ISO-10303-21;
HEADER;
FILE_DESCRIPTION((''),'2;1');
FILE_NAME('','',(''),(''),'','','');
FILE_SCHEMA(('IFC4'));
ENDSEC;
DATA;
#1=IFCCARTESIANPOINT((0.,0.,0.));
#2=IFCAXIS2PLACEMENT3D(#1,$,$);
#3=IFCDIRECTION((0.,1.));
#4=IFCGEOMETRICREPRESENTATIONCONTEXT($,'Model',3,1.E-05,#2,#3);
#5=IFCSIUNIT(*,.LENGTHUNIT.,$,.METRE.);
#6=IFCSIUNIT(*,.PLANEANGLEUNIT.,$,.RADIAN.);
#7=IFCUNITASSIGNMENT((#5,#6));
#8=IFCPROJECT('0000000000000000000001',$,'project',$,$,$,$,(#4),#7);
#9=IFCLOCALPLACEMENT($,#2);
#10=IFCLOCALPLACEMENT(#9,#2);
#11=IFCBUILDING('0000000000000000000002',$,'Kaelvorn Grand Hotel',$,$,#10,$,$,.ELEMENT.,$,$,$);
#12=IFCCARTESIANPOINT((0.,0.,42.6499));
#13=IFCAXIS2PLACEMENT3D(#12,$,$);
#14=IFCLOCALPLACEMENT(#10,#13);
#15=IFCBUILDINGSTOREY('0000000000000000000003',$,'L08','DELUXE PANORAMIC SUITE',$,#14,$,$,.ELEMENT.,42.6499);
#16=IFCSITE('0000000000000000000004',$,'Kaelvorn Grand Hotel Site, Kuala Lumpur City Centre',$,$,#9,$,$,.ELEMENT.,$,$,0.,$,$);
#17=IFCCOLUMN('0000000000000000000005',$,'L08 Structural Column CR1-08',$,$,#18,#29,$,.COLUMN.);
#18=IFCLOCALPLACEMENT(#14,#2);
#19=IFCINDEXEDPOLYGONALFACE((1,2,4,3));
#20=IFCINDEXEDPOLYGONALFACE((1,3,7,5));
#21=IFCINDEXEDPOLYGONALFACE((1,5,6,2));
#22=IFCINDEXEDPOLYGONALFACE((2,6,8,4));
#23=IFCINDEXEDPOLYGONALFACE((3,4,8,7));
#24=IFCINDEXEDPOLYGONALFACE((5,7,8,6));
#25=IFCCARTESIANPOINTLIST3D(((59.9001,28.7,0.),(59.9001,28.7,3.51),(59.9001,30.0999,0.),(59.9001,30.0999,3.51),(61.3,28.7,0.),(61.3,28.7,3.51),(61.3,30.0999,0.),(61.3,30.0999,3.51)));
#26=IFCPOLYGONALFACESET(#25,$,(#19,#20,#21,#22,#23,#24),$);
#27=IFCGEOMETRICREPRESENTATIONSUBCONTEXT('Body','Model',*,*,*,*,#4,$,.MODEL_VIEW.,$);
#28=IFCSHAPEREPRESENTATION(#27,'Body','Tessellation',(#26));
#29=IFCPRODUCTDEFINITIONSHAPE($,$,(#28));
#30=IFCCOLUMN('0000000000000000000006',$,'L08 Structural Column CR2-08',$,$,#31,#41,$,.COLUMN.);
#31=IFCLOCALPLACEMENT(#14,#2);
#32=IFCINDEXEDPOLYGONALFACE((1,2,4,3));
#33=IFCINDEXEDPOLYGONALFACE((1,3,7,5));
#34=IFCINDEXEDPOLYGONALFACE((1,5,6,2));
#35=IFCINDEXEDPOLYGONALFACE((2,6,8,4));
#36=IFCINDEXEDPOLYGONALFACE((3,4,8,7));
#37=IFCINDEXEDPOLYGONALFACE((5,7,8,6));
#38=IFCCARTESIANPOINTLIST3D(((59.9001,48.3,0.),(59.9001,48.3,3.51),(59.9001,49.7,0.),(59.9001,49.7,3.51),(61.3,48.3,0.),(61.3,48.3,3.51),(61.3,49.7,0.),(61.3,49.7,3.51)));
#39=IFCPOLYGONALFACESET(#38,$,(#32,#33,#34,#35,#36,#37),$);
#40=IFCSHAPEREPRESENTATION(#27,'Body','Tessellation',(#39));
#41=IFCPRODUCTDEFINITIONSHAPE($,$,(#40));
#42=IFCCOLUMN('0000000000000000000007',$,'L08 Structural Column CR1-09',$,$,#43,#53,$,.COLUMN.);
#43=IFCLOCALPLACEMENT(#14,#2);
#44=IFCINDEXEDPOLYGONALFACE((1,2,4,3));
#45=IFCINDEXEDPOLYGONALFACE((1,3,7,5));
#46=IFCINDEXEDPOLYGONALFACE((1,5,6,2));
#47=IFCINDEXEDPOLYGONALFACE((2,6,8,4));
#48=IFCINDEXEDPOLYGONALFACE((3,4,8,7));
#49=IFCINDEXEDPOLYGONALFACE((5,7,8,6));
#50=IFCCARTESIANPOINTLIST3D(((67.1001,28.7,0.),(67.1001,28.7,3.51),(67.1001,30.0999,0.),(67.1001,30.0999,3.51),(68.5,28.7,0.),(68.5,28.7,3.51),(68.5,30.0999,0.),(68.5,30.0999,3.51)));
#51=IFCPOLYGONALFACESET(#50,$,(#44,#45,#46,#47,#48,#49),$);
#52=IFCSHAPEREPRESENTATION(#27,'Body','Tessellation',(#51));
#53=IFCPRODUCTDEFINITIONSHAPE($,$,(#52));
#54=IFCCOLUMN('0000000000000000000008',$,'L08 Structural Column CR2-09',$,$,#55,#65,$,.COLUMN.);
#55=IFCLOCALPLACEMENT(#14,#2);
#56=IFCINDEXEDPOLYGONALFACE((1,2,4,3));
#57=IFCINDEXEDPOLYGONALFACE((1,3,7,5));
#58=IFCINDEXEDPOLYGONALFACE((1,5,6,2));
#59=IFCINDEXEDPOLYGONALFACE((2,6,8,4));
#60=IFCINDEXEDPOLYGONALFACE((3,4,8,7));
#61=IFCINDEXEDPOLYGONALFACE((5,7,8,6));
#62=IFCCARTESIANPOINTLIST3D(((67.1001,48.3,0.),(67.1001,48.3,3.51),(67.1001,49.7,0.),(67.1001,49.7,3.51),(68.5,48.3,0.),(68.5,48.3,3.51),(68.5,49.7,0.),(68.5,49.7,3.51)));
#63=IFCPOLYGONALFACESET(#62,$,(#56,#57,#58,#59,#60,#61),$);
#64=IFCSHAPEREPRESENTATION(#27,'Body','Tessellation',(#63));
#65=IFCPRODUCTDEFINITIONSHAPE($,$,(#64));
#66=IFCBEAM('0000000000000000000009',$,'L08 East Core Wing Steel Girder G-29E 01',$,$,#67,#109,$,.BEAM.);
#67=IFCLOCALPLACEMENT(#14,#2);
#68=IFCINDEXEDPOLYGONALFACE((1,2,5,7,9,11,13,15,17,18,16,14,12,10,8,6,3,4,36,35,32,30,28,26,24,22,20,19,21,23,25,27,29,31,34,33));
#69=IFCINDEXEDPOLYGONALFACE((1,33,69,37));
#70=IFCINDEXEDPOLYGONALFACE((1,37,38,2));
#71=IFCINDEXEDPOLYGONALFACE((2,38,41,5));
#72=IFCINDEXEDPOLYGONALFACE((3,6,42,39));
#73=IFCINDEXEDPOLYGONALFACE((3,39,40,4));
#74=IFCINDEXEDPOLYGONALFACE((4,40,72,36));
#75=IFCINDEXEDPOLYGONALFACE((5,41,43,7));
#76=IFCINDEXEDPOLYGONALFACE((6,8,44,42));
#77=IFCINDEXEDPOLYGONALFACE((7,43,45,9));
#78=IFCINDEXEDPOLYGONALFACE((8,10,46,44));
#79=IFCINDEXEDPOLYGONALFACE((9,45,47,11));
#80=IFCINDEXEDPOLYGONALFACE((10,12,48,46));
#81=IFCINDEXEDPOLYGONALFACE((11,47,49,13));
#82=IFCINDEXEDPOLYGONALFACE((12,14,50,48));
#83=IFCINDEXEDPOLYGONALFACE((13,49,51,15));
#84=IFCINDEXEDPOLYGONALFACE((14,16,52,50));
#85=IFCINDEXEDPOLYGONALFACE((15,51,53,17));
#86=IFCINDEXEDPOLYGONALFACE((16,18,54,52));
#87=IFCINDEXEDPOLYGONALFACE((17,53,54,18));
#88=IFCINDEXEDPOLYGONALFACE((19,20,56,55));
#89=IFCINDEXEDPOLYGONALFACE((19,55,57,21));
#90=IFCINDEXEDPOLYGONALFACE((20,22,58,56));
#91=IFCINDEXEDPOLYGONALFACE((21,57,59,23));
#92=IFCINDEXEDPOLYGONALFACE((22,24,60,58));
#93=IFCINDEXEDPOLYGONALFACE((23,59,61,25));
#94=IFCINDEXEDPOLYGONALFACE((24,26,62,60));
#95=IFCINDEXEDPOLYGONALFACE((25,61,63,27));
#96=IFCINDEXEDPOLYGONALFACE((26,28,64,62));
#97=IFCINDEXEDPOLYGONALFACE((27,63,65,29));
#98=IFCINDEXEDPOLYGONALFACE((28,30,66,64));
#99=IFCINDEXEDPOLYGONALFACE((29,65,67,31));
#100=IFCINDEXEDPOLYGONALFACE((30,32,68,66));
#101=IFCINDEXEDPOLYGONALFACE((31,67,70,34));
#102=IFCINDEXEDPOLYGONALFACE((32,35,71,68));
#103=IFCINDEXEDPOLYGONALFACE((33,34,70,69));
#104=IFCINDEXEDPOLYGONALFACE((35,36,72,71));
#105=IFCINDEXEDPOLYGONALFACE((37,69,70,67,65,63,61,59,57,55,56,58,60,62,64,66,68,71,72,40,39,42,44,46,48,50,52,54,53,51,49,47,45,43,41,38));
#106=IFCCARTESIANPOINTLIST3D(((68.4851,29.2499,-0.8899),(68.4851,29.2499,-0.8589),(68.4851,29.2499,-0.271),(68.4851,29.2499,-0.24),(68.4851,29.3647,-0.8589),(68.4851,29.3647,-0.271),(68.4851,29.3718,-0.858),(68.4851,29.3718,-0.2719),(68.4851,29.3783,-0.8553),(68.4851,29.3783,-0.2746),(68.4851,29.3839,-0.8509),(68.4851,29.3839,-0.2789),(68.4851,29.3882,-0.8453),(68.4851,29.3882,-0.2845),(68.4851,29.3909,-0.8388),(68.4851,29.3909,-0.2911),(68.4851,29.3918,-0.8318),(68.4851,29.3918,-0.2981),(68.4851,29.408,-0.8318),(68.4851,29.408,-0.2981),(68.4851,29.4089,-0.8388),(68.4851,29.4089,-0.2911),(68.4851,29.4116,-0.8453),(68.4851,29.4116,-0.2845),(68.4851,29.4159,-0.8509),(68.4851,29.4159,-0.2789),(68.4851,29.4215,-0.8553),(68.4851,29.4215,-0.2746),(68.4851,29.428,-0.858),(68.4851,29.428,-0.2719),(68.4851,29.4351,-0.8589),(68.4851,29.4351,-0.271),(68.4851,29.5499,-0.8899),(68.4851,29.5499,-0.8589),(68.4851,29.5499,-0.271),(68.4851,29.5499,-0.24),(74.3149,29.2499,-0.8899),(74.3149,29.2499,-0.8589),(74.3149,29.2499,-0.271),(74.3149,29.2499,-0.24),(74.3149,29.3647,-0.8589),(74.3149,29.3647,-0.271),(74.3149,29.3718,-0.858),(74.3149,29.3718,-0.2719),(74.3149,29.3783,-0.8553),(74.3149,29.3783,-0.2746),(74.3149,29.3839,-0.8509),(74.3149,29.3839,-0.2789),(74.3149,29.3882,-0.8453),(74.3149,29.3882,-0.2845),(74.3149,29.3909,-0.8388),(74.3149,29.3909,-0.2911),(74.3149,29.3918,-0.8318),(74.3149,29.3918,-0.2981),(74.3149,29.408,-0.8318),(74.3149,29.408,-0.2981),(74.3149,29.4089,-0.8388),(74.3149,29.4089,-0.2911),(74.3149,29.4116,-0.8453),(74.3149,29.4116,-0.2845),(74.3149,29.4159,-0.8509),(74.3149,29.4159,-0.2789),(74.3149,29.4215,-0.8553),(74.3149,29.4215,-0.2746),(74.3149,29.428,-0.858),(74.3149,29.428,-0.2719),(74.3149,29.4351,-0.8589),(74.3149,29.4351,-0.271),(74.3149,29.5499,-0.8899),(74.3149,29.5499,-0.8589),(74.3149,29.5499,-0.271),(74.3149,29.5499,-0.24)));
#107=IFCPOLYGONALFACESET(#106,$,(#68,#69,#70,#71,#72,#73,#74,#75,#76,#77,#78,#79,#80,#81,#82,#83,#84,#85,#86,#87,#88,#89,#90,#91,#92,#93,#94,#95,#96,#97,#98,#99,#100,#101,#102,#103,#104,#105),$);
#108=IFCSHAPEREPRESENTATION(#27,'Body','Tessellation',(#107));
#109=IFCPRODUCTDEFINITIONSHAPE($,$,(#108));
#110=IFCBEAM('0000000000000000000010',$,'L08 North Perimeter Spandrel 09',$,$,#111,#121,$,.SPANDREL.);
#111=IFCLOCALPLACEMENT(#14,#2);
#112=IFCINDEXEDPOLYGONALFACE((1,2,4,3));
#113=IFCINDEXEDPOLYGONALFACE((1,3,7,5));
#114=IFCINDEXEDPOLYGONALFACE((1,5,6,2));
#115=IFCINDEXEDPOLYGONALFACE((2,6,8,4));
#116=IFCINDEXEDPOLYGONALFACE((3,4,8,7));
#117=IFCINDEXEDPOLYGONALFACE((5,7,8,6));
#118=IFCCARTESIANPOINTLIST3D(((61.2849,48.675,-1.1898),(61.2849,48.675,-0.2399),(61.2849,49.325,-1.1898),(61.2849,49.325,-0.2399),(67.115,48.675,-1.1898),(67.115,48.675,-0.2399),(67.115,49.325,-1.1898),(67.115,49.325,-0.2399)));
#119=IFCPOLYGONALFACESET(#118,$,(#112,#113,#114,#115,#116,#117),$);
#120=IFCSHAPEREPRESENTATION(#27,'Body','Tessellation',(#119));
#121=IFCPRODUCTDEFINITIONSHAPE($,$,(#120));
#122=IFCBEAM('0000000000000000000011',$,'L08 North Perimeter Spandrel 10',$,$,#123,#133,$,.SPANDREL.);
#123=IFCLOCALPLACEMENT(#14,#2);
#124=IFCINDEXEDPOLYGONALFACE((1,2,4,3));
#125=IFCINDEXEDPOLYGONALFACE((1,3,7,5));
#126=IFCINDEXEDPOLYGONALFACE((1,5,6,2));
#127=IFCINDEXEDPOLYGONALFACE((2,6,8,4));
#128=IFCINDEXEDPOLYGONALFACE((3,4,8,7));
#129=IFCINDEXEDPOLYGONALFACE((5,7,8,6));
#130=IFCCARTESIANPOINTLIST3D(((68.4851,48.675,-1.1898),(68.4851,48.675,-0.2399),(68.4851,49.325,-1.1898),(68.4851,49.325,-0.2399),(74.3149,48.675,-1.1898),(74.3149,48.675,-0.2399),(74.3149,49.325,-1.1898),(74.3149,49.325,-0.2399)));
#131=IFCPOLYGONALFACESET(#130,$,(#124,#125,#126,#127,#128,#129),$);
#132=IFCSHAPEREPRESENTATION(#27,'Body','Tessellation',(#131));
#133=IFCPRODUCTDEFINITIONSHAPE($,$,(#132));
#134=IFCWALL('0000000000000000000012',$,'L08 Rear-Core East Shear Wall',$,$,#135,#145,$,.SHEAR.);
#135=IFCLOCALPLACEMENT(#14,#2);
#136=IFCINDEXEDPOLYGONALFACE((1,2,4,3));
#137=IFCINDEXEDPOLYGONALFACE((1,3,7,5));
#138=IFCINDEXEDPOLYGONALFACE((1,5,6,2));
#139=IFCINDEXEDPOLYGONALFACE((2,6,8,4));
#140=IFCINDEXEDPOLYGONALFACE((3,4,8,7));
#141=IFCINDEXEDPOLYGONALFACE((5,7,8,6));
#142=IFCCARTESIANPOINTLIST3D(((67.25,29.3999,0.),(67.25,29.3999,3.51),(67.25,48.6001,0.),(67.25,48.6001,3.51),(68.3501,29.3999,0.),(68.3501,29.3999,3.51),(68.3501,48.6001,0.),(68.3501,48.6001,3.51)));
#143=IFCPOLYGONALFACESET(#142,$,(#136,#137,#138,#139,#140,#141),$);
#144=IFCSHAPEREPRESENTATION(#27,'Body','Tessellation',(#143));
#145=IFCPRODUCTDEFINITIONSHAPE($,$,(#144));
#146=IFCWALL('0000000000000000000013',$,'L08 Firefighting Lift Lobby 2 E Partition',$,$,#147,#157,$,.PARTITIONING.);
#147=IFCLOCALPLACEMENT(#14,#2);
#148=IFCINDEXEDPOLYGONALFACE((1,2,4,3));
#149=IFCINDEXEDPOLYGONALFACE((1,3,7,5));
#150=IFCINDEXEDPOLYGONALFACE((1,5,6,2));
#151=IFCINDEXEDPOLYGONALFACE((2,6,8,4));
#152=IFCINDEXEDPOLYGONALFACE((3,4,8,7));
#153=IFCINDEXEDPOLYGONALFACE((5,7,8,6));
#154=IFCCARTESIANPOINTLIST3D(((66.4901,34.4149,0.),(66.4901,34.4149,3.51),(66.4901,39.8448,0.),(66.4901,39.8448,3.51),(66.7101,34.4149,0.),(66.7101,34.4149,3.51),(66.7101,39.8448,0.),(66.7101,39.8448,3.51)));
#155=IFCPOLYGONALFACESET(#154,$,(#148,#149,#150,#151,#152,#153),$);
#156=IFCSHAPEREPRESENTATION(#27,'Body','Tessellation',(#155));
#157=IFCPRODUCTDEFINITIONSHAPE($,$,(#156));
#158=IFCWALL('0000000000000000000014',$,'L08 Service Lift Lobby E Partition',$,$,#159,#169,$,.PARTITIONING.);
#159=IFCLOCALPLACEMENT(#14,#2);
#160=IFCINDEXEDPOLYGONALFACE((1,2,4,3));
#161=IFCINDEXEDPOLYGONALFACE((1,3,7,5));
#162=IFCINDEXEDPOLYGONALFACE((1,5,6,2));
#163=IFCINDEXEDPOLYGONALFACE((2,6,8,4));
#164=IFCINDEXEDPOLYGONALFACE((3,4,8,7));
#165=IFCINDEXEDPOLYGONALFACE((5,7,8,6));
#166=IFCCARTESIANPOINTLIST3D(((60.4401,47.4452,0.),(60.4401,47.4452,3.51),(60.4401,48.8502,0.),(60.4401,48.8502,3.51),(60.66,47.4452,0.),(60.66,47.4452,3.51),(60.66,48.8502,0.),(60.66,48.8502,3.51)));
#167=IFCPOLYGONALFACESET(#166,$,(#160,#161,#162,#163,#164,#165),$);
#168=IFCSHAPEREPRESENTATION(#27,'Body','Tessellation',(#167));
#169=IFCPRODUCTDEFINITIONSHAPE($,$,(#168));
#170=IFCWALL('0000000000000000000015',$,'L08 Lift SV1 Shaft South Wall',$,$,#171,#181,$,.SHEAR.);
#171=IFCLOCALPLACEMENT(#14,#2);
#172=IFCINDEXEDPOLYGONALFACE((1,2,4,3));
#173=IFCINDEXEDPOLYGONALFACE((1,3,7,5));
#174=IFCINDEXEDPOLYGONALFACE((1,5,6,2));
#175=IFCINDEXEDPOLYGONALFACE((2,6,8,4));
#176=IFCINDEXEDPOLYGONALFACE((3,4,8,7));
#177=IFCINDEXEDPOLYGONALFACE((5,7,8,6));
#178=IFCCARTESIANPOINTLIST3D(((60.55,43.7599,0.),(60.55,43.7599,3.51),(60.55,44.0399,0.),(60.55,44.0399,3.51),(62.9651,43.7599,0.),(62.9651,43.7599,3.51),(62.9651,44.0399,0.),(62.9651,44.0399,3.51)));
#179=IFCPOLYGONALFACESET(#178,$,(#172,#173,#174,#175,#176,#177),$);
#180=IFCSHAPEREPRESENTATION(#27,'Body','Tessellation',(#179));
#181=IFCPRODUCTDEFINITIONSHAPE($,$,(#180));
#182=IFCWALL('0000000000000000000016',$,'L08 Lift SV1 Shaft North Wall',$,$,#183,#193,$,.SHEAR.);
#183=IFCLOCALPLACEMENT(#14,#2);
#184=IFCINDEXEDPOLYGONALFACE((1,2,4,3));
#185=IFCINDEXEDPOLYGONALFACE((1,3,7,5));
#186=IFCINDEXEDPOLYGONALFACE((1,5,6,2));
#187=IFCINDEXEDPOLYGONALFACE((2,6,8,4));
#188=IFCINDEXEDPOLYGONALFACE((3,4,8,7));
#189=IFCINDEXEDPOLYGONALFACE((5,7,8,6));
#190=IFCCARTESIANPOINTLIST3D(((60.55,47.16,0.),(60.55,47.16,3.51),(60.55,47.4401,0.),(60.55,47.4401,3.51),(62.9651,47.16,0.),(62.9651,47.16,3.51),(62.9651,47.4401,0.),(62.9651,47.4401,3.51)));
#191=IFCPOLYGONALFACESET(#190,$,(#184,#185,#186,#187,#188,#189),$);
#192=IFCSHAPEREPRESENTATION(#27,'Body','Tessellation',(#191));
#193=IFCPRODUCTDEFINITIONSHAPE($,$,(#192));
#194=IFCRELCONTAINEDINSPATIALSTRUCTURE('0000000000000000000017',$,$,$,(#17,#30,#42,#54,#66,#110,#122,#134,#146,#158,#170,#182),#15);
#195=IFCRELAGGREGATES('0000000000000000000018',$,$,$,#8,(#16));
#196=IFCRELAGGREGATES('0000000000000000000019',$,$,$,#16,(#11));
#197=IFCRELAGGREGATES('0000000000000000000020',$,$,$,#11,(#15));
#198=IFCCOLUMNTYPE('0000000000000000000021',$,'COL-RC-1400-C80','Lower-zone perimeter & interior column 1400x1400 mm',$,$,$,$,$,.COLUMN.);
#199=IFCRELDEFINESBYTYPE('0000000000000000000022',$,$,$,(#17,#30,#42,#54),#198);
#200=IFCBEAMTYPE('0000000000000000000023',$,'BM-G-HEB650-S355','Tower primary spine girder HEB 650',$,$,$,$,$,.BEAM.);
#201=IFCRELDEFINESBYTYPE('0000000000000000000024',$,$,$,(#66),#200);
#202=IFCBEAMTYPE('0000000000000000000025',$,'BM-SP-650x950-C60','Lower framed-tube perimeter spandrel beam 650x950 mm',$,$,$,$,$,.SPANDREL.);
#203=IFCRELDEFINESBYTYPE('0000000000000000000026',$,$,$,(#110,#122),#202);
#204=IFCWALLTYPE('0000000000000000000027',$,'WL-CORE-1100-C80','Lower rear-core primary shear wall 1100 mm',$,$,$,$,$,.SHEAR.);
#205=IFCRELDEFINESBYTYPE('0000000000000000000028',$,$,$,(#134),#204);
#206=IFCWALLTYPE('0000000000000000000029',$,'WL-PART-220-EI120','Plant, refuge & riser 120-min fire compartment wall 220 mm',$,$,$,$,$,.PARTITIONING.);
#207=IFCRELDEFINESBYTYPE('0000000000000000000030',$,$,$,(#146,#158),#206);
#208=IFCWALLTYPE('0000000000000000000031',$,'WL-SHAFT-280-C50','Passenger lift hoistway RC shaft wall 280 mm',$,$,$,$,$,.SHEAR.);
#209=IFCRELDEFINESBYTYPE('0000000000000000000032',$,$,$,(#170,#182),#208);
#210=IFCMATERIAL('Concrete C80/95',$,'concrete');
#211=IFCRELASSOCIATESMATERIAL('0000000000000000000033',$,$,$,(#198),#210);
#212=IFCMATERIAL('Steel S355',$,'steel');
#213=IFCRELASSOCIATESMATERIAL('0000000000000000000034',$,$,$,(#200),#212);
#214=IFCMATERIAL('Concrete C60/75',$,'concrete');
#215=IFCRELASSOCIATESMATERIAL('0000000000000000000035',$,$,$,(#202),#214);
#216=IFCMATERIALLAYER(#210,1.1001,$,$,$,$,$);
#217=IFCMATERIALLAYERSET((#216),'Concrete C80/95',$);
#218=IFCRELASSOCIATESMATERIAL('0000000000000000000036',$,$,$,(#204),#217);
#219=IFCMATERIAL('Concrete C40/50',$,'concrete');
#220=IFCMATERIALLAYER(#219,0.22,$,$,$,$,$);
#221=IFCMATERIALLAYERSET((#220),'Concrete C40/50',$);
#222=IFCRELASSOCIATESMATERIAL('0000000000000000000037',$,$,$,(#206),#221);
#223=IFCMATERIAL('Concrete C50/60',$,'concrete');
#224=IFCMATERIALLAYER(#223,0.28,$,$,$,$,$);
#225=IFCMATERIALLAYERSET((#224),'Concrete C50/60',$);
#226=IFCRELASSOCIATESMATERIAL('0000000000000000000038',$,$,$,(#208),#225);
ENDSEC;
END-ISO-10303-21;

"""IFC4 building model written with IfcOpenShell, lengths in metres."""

from ifc_helpers import new_model, si_unit, direction, frame, frame_2d, origin, origin_2d, place, context, subcontext, project, spatial, rectangle, i_section, extrude, material, layer, layer_set, material_profile, profile_set, type_object, element, save


model = new_model("IFC4")

# Units and contexts
model_context = context("Model", 3, precision=1e-05, world=origin(), true_north=direction((0.0, 1.0)))
body_context = subcontext(model_context, "Body", "Model", "MODEL_VIEW")
ifc_project = project(units=[si_unit("LENGTHUNIT", "METRE"), si_unit("PLANEANGLEUNIT", "RADIAN")], contexts=[model_context])

# Site, building, storey
site_placement = place(None, origin())
site = spatial("IfcSite", under=ifc_project, at=site_placement, Name="Kaelvorn Grand Hotel Site, Kuala Lumpur City Centre", CompositionType="ELEMENT", RefElevation=0.0)
building_placement = place(site_placement, origin())
building = spatial("IfcBuilding", under=site, at=building_placement, Name="Kaelvorn Grand Hotel", CompositionType="ELEMENT")
storey_placement = place(building_placement, frame((0.0, 0.0, 42.6499)))
storey = spatial("IfcBuildingStorey", under=building, at=storey_placement, Name="L08", Description="DELUXE PANORAMIC SUITE", CompositionType="ELEMENT", Elevation=42.6499)

# Columns
ifc_material_1 = material(Name="Concrete C80/95", Category="concrete")
ifc_material_profile_1 = material_profile(ifc_material_1, rectangle(XDim=1.3999, YDim=1.3999, at=origin_2d()), Name="RC COL 1400x1400")
ifc_profile_set_1 = profile_set([ifc_material_profile_1], Name="Concrete C80/95")
column_type = type_object("IfcColumnType", Name="COL-RC-1400-C80", Description="Lower-zone perimeter & interior column 1400x1400 mm", PredefinedType="COLUMN", material=ifc_profile_set_1)
for number, where, z_axis, x_axis, name in (
    (1, (60.6001, 29.3999, 0.0), (0.0, 0.0, 1.0), (1.0, 0.0, 0.0), "L08 Structural Column CR1-08"),
    (2, (60.6001, 49.0, 0.0), (0.0, 0.0, 1.0), (1.0, 0.0, 0.0), "L08 Structural Column CR2-08"),
    (3, (67.8, 29.3999, 0.0), (0.0, 0.0, 1.0), (1.0, 0.0, 0.0), "L08 Structural Column CR1-09"),
    (4, (67.8, 49.0, 0.0), (0.0, 0.0, 1.0), (1.0, 0.0, 0.0), "L08 Structural Column CR2-09"),
):
    element("IfcColumn", number, at=place(storey_placement, frame(where, z_axis=z_axis, x_axis=x_axis)), inside=storey, type_object=column_type, Name=name, PredefinedType="COLUMN", context=body_context, shape_type="SweptSolid", body=[
        extrude(rectangle(XDim=1.3999, YDim=1.3999, at=origin_2d()), origin(), (0.0, 0.0, 1.0), 3.51),
    ])

# Beams
ifc_material_2 = material(Name="Steel S355", Category="steel")
ifc_material_profile_2 = material_profile(ifc_material_2, i_section(OverallWidth=0.3, OverallDepth=0.6499, WebThickness=0.0161, FlangeThickness=0.031, FilletRadius=0.0271, at=origin_2d()), Name="HEB 650")
ifc_profile_set_2 = profile_set([ifc_material_profile_2], Name="Steel S355")
beam_type_1 = type_object("IfcBeamType", Name="BM-G-HEB650-S355", Description="Tower primary spine girder HEB 650", PredefinedType="BEAM", material=ifc_profile_set_2)
beam_1_placement = place(storey_placement, frame((68.4851, 29.3999, -0.5649), z_axis=(1.0, 0.0, 0.0), x_axis=(0.0, 1.0, 0.0)))
element("IfcBeam", 5, at=beam_1_placement, inside=storey, type_object=beam_type_1, Name="L08 East Core Wing Steel Girder G-29E 01", PredefinedType="BEAM", context=body_context, shape_type="SweptSolid", body=[
    extrude(i_section(OverallWidth=0.3, OverallDepth=0.6499, WebThickness=0.0161, FlangeThickness=0.031, FilletRadius=0.0271, at=origin_2d()), origin(), (0.0, 0.0, 1.0), 5.8298),
])
ifc_material_3 = material(Name="Concrete C60/75", Category="concrete")
ifc_material_profile_3 = material_profile(ifc_material_3, rectangle(XDim=0.6499, YDim=0.95, at=origin_2d()), Name="RC SPANDREL 650x950")
ifc_profile_set_3 = profile_set([ifc_material_profile_3], Name="Concrete C60/75")
beam_type_2 = type_object("IfcBeamType", Name="BM-SP-650x950-C60", Description="Lower framed-tube perimeter spandrel beam 650x950 mm", PredefinedType="SPANDREL", material=ifc_profile_set_3)
beam_2_placement = place(storey_placement, frame((61.2849, 49.0, -0.7148), z_axis=(1.0, 0.0, 0.0), x_axis=(0.0, 1.0, 0.0)))
element("IfcBeam", 6, at=beam_2_placement, inside=storey, type_object=beam_type_2, Name="L08 North Perimeter Spandrel 09", PredefinedType="SPANDREL", context=body_context, shape_type="SweptSolid", body=[
    extrude(rectangle(XDim=0.6499, YDim=0.95, at=origin_2d()), origin(), (0.0, 0.0, 1.0), 5.8301),
])
beam_3_placement = place(storey_placement, frame((68.4851, 49.0, -0.7148), z_axis=(1.0, 0.0, 0.0), x_axis=(0.0, 1.0, 0.0)))
element("IfcBeam", 7, at=beam_3_placement, inside=storey, type_object=beam_type_2, Name="L08 North Perimeter Spandrel 10", PredefinedType="SPANDREL", context=body_context, shape_type="SweptSolid", body=[
    extrude(rectangle(XDim=0.6499, YDim=0.95, at=origin_2d()), origin(), (0.0, 0.0, 1.0), 5.8298),
])

# Walls
ifc_layer_1 = layer(ifc_material_1, 1.1001)
ifc_layer_set_1 = layer_set([ifc_layer_1], Name="Concrete C80/95")
wall_type_1 = type_object("IfcWallType", Name="WL-CORE-1100-C80", Description="Lower rear-core primary shear wall 1100 mm", PredefinedType="SHEAR", material=ifc_layer_set_1)
wall_1_placement = place(storey_placement, frame((67.8, 29.3999, 0.0), z_axis=(0.0, 0.0, 1.0), x_axis=(0.0, 1.0, 0.0)))
element("IfcWall", 8, at=wall_1_placement, inside=storey, type_object=wall_type_1, Name="L08 Rear-Core East Shear Wall", PredefinedType="SHEAR", context=body_context, shape_type="SweptSolid", body=[
    extrude(rectangle(XDim=19.2002, YDim=1.1001, at=frame_2d((9.6001, 0.0))), origin(), (0.0, 0.0, 1.0), 3.51),
])
ifc_material_4 = material(Name="Concrete C40/50", Category="concrete")
ifc_layer_2 = layer(ifc_material_4, 0.22)
ifc_layer_set_2 = layer_set([ifc_layer_2], Name="Concrete C40/50")
wall_type_2 = type_object("IfcWallType", Name="WL-PART-220-EI120", Description="Plant, refuge & riser 120-min fire compartment wall 220 mm", PredefinedType="PARTITIONING", material=ifc_layer_set_2)
wall_2_placement = place(storey_placement, frame((66.6001, 34.415, 0.0), z_axis=(0.0, 0.0, 1.0), x_axis=(0.0, 1.0, 0.0)))
element("IfcWall", 9, at=wall_2_placement, inside=storey, type_object=wall_type_2, Name="L08 Firefighting Lift Lobby 2 E Partition", PredefinedType="PARTITIONING", context=body_context, shape_type="SweptSolid", body=[
    extrude(rectangle(XDim=5.4299, YDim=0.22, at=frame_2d((2.7148, 0.0))), origin(), (0.0, 0.0, 1.0), 3.51),
])
wall_3_placement = place(storey_placement, frame((60.55, 47.4451, 0.0), z_axis=(0.0, 0.0, 1.0), x_axis=(0.0, 1.0, 0.0)))
element("IfcWall", 10, at=wall_3_placement, inside=storey, type_object=wall_type_2, Name="L08 Service Lift Lobby E Partition", PredefinedType="PARTITIONING", context=body_context, shape_type="SweptSolid", body=[
    extrude(rectangle(XDim=1.405, YDim=0.22, at=frame_2d((0.7026, 0.0))), origin(), (0.0, 0.0, 1.0), 3.51),
])
ifc_material_5 = material(Name="Concrete C50/60", Category="concrete")
ifc_layer_3 = layer(ifc_material_5, 0.28)
ifc_layer_set_3 = layer_set([ifc_layer_3], Name="Concrete C50/60")
wall_type_3 = type_object("IfcWallType", Name="WL-SHAFT-280-C50", Description="Passenger lift hoistway RC shaft wall 280 mm", PredefinedType="SHEAR", material=ifc_layer_set_3)
for number, where, z_axis, x_axis, name in (
    (11, (60.55, 43.8999, 0.0), (0.0, 0.0, 1.0), (1.0, 0.0, 0.0), "L08 Lift SV1 Shaft South Wall"),
    (12, (60.55, 47.3, 0.0), (0.0, 0.0, 1.0), (1.0, 0.0, 0.0), "L08 Lift SV1 Shaft North Wall"),
):
    element("IfcWall", number, at=place(storey_placement, frame(where, z_axis=z_axis, x_axis=x_axis)), inside=storey, type_object=wall_type_3, Name=name, PredefinedType="SHEAR", context=body_context, shape_type="SweptSolid", body=[
        extrude(rectangle(XDim=2.415, YDim=0.28, at=frame_2d((1.2075, 0.0))), origin(), (0.0, 0.0, 1.0), 3.51),
    ])

save(model, "model.ifc")
